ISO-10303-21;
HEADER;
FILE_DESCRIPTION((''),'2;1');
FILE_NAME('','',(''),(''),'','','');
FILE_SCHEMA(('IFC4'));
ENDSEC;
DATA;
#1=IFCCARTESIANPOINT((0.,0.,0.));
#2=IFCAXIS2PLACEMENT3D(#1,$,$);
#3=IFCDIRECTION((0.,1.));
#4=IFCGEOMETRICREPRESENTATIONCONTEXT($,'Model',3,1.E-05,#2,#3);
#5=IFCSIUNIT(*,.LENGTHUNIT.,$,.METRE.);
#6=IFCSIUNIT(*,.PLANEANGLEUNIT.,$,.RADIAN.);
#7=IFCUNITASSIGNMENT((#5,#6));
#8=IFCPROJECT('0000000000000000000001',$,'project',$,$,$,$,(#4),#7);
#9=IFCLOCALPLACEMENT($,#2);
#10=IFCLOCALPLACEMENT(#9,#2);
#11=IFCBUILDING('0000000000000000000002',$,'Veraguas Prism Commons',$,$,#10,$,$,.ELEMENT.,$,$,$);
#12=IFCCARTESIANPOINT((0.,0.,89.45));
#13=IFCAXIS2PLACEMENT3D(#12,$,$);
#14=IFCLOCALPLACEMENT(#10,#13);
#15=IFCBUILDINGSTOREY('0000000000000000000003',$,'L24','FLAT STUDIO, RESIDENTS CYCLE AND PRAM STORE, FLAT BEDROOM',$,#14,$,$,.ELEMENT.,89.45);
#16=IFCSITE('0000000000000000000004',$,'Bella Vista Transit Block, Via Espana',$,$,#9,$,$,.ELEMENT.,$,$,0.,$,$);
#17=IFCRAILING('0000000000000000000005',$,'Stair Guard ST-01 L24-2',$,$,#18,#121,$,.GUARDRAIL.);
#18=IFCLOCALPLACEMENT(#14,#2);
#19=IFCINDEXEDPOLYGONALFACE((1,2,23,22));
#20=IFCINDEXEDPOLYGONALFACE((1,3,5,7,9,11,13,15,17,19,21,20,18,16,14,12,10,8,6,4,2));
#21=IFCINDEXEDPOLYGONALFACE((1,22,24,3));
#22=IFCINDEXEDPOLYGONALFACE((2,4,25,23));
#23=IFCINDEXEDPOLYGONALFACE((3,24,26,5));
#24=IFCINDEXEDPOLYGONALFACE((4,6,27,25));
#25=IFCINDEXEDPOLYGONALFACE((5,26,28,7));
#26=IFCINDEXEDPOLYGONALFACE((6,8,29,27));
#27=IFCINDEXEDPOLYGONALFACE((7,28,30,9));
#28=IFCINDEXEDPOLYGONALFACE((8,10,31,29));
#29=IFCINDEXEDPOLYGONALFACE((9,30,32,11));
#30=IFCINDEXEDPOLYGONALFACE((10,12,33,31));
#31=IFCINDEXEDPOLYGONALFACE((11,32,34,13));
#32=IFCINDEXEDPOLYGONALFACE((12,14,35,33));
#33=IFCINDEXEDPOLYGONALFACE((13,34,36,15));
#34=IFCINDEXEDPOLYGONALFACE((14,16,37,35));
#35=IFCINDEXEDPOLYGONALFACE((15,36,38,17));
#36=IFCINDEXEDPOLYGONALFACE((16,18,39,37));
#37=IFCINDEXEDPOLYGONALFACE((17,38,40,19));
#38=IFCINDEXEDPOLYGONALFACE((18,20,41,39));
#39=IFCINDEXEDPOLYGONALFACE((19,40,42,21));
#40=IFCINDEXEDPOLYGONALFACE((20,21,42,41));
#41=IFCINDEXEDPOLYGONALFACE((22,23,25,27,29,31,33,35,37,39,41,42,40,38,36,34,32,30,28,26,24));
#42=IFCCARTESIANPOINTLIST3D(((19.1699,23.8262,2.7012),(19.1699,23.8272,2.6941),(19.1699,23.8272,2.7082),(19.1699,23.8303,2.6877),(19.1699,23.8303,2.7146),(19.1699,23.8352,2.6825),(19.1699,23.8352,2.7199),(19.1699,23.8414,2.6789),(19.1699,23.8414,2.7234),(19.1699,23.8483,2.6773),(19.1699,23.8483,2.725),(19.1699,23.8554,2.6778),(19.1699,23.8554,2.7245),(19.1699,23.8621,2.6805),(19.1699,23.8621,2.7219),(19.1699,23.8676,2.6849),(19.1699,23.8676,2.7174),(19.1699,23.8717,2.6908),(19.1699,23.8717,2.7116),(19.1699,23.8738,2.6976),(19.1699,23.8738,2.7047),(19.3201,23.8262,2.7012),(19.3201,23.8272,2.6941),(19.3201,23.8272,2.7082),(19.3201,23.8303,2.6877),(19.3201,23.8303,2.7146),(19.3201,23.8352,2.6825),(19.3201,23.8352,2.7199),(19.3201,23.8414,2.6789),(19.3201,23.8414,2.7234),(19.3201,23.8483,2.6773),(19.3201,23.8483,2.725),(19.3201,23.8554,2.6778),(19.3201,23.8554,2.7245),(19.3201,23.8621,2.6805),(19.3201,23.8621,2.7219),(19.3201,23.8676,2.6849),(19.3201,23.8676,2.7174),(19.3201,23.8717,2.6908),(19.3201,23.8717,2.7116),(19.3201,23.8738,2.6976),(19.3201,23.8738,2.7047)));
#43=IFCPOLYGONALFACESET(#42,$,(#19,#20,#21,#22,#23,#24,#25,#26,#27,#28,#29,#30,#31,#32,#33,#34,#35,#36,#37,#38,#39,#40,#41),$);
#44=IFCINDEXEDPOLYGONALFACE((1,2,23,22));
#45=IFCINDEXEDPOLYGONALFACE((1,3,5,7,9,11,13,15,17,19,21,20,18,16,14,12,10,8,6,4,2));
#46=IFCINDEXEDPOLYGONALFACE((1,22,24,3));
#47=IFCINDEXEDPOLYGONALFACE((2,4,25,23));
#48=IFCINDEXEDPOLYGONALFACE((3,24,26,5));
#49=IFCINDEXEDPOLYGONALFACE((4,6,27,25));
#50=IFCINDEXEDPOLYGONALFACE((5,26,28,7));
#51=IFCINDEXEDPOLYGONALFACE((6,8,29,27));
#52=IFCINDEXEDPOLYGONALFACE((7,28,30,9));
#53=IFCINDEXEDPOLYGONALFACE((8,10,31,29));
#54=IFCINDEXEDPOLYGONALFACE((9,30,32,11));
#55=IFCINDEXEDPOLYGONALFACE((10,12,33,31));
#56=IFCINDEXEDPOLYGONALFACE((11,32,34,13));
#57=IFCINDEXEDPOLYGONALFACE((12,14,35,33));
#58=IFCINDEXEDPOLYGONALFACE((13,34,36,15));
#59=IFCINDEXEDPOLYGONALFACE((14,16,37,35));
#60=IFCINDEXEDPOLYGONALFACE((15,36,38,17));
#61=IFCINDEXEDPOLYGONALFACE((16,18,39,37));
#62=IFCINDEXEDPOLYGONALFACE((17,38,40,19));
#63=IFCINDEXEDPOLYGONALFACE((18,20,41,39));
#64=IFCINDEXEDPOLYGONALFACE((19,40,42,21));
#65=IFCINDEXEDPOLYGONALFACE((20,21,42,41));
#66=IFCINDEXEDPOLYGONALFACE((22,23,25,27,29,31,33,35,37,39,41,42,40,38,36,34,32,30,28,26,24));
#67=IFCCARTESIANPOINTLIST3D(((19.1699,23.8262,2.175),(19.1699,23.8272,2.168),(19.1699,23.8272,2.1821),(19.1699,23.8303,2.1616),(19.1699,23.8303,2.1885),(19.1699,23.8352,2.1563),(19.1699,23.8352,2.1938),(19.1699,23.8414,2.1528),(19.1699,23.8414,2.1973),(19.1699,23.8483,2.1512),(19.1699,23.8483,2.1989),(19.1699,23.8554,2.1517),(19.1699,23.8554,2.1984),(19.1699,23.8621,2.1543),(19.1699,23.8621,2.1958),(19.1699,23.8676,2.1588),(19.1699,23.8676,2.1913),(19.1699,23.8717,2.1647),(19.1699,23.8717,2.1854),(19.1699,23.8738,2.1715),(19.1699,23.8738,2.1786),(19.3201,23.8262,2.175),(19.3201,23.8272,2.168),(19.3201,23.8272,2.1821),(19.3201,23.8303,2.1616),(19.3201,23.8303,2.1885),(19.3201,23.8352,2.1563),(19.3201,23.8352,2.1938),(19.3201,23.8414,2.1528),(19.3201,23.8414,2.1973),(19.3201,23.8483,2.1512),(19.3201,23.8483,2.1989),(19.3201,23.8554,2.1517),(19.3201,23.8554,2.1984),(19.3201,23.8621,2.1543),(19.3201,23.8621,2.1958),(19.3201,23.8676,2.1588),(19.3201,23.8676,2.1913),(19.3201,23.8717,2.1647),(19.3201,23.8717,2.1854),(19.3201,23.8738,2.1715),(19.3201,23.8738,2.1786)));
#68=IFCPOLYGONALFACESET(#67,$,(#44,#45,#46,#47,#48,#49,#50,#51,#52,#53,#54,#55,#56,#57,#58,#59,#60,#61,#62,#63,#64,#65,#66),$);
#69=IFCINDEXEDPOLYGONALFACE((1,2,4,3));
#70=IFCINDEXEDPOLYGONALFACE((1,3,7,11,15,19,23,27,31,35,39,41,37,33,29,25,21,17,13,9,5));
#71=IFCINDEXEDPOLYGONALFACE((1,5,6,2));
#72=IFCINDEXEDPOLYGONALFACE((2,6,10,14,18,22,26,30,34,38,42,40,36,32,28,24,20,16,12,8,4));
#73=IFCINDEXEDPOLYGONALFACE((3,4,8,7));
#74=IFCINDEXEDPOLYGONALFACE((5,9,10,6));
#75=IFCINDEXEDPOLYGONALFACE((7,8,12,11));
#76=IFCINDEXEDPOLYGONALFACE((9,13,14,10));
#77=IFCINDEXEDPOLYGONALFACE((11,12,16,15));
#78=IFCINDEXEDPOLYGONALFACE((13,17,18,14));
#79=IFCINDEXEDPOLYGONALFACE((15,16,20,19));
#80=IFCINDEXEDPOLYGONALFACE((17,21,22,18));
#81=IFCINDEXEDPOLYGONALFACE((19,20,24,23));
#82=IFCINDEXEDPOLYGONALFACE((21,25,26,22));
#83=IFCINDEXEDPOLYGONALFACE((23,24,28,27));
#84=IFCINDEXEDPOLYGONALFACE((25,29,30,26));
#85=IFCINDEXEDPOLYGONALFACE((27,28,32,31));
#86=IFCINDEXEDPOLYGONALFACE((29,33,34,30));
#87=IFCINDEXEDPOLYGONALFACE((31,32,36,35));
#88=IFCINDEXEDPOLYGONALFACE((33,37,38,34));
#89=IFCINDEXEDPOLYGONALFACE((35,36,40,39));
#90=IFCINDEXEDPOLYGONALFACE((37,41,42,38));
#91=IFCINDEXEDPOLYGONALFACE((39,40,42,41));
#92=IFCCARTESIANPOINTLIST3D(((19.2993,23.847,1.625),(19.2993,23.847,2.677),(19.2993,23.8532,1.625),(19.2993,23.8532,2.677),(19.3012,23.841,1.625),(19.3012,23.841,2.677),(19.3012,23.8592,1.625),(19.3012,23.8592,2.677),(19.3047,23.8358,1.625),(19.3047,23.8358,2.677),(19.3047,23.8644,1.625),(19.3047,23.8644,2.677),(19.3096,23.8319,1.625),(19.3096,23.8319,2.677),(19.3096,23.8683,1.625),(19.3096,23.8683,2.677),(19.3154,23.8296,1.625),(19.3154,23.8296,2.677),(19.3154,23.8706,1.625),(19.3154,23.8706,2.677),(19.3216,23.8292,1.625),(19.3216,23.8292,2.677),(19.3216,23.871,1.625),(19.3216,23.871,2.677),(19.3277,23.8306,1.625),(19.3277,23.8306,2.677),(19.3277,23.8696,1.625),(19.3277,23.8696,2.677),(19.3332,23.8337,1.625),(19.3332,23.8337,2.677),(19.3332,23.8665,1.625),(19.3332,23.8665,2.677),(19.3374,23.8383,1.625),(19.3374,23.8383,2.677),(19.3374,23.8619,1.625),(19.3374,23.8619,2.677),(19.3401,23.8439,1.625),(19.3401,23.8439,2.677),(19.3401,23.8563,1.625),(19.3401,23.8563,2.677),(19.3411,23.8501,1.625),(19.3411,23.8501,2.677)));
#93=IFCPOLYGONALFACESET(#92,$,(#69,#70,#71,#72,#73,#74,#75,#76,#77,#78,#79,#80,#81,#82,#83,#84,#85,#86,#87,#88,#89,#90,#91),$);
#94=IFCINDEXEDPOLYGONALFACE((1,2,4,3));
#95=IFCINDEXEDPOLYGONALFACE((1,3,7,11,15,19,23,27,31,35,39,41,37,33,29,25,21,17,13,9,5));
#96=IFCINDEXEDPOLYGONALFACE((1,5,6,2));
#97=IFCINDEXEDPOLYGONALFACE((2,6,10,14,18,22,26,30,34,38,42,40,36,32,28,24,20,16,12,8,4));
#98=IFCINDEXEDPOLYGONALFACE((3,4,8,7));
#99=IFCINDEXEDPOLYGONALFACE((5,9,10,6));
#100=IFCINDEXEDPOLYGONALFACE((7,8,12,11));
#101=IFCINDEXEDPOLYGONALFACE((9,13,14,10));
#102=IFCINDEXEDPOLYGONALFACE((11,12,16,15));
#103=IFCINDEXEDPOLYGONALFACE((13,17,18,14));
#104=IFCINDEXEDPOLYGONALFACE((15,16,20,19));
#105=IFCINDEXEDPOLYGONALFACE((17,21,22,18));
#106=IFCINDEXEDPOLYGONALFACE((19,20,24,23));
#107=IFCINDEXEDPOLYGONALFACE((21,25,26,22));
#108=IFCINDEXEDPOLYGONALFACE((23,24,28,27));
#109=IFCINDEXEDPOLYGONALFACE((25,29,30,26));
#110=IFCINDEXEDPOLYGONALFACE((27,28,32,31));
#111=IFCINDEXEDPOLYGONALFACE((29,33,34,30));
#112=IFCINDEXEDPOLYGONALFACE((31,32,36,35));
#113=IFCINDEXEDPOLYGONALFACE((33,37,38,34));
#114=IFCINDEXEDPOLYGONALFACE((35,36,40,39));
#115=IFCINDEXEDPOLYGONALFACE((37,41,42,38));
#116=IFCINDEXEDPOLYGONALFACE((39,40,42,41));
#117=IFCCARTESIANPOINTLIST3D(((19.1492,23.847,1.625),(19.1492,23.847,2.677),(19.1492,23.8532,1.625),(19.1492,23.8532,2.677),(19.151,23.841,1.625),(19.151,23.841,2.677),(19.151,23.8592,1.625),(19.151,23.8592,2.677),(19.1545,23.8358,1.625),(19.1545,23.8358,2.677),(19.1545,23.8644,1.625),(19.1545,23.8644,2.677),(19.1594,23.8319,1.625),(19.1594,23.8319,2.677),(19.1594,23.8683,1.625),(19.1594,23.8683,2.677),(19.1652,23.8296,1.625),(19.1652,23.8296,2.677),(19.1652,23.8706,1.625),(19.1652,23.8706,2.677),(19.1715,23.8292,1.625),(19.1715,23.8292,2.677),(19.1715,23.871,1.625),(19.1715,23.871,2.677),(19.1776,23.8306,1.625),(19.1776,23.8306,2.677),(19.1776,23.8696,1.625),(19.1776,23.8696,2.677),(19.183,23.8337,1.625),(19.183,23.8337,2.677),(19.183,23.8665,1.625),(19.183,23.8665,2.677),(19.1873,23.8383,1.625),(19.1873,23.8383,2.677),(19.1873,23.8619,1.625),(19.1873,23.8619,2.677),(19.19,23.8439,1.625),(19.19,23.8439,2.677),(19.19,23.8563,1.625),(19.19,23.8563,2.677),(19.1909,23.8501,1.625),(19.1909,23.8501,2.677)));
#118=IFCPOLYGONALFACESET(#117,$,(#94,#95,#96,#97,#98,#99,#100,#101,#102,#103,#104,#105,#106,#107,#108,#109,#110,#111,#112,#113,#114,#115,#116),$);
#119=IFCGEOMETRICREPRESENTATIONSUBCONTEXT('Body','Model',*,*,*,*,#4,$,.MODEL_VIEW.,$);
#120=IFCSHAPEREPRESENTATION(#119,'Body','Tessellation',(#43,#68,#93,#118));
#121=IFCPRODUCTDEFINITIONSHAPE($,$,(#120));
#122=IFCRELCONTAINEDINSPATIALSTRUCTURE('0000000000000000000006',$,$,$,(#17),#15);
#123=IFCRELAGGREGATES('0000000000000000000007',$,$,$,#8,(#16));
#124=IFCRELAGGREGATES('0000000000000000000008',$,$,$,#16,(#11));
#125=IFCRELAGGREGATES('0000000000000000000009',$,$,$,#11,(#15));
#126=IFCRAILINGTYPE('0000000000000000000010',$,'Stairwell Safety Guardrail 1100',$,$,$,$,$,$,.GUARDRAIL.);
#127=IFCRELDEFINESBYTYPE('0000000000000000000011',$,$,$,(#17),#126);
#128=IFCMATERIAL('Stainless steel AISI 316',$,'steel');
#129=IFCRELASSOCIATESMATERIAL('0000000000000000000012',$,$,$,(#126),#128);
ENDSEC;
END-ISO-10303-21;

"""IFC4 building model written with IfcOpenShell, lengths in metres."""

from ifc_helpers import new_model, si_unit, direction, frame, origin, origin_2d, place, context, subcontext, project, spatial, circle, extrude, material, type_object, element, save


model = new_model("IFC4")

# Units and contexts
model_context = context("Model", 3, precision=1e-05, world=origin(), true_north=direction((0.0, 1.0)))
body_context = subcontext(model_context, "Body", "Model", "MODEL_VIEW")
ifc_project = project(units=[si_unit("LENGTHUNIT", "METRE"), si_unit("PLANEANGLEUNIT", "RADIAN")], contexts=[model_context])

# Site, building, storey
site_placement = place(None, origin())
site = spatial("IfcSite", under=ifc_project, at=site_placement, Name="Bella Vista Transit Block, Via Espana", CompositionType="ELEMENT", RefElevation=0.0)
building_placement = place(site_placement, origin())
building = spatial("IfcBuilding", under=site, at=building_placement, Name="Veraguas Prism Commons", CompositionType="ELEMENT")
storey_placement = place(building_placement, frame((0.0, 0.0, 89.45)))
storey = spatial("IfcBuildingStorey", under=building, at=storey_placement, Name="L24", Description="FLAT STUDIO, RESIDENTS CYCLE AND PRAM STORE, FLAT BEDROOM", CompositionType="ELEMENT", Elevation=89.45)

# Railing
ifc_material_1 = material(Name="Stainless steel AISI 316", Category="steel")
railing_type_1 = type_object("IfcRailingType", Name="Stairwell Safety Guardrail 1100", PredefinedType="GUARDRAIL", material=ifc_material_1)
railing_1_placement = place(storey_placement, frame((19.3201, 23.8501, 1.625)))
element("IfcRailing", 1, at=railing_1_placement, inside=storey, type_object=railing_type_1, Name="Stair Guard ST-01 L24-2", PredefinedType="GUARDRAIL", context=body_context, shape_type="SweptSolid", body=[
    extrude(circle(Radius=0.0239, at=origin_2d()), frame((0.0, 0.0, 1.0762), z_axis=(-1.0, 0.0, 0.0), x_axis=(0.0, -1.0, 0.0)), (0.0, 0.0, 1.0), 0.1501),
    extrude(circle(Radius=0.0239, at=origin_2d()), frame((0.0, 0.0, 0.55), z_axis=(-1.0, 0.0, 0.0), x_axis=(0.0, -1.0, 0.0)), (0.0, 0.0, 1.0), 0.1501),
    extrude(circle(Radius=0.021, at=origin_2d()), origin(), (0.0, 0.0, 1.0), 1.052),
    extrude(circle(Radius=0.021, at=origin_2d()), frame((-0.1501, 0.0, 0.0)), (0.0, 0.0, 1.0), 1.052),
])

save(model, "model.ifc")
